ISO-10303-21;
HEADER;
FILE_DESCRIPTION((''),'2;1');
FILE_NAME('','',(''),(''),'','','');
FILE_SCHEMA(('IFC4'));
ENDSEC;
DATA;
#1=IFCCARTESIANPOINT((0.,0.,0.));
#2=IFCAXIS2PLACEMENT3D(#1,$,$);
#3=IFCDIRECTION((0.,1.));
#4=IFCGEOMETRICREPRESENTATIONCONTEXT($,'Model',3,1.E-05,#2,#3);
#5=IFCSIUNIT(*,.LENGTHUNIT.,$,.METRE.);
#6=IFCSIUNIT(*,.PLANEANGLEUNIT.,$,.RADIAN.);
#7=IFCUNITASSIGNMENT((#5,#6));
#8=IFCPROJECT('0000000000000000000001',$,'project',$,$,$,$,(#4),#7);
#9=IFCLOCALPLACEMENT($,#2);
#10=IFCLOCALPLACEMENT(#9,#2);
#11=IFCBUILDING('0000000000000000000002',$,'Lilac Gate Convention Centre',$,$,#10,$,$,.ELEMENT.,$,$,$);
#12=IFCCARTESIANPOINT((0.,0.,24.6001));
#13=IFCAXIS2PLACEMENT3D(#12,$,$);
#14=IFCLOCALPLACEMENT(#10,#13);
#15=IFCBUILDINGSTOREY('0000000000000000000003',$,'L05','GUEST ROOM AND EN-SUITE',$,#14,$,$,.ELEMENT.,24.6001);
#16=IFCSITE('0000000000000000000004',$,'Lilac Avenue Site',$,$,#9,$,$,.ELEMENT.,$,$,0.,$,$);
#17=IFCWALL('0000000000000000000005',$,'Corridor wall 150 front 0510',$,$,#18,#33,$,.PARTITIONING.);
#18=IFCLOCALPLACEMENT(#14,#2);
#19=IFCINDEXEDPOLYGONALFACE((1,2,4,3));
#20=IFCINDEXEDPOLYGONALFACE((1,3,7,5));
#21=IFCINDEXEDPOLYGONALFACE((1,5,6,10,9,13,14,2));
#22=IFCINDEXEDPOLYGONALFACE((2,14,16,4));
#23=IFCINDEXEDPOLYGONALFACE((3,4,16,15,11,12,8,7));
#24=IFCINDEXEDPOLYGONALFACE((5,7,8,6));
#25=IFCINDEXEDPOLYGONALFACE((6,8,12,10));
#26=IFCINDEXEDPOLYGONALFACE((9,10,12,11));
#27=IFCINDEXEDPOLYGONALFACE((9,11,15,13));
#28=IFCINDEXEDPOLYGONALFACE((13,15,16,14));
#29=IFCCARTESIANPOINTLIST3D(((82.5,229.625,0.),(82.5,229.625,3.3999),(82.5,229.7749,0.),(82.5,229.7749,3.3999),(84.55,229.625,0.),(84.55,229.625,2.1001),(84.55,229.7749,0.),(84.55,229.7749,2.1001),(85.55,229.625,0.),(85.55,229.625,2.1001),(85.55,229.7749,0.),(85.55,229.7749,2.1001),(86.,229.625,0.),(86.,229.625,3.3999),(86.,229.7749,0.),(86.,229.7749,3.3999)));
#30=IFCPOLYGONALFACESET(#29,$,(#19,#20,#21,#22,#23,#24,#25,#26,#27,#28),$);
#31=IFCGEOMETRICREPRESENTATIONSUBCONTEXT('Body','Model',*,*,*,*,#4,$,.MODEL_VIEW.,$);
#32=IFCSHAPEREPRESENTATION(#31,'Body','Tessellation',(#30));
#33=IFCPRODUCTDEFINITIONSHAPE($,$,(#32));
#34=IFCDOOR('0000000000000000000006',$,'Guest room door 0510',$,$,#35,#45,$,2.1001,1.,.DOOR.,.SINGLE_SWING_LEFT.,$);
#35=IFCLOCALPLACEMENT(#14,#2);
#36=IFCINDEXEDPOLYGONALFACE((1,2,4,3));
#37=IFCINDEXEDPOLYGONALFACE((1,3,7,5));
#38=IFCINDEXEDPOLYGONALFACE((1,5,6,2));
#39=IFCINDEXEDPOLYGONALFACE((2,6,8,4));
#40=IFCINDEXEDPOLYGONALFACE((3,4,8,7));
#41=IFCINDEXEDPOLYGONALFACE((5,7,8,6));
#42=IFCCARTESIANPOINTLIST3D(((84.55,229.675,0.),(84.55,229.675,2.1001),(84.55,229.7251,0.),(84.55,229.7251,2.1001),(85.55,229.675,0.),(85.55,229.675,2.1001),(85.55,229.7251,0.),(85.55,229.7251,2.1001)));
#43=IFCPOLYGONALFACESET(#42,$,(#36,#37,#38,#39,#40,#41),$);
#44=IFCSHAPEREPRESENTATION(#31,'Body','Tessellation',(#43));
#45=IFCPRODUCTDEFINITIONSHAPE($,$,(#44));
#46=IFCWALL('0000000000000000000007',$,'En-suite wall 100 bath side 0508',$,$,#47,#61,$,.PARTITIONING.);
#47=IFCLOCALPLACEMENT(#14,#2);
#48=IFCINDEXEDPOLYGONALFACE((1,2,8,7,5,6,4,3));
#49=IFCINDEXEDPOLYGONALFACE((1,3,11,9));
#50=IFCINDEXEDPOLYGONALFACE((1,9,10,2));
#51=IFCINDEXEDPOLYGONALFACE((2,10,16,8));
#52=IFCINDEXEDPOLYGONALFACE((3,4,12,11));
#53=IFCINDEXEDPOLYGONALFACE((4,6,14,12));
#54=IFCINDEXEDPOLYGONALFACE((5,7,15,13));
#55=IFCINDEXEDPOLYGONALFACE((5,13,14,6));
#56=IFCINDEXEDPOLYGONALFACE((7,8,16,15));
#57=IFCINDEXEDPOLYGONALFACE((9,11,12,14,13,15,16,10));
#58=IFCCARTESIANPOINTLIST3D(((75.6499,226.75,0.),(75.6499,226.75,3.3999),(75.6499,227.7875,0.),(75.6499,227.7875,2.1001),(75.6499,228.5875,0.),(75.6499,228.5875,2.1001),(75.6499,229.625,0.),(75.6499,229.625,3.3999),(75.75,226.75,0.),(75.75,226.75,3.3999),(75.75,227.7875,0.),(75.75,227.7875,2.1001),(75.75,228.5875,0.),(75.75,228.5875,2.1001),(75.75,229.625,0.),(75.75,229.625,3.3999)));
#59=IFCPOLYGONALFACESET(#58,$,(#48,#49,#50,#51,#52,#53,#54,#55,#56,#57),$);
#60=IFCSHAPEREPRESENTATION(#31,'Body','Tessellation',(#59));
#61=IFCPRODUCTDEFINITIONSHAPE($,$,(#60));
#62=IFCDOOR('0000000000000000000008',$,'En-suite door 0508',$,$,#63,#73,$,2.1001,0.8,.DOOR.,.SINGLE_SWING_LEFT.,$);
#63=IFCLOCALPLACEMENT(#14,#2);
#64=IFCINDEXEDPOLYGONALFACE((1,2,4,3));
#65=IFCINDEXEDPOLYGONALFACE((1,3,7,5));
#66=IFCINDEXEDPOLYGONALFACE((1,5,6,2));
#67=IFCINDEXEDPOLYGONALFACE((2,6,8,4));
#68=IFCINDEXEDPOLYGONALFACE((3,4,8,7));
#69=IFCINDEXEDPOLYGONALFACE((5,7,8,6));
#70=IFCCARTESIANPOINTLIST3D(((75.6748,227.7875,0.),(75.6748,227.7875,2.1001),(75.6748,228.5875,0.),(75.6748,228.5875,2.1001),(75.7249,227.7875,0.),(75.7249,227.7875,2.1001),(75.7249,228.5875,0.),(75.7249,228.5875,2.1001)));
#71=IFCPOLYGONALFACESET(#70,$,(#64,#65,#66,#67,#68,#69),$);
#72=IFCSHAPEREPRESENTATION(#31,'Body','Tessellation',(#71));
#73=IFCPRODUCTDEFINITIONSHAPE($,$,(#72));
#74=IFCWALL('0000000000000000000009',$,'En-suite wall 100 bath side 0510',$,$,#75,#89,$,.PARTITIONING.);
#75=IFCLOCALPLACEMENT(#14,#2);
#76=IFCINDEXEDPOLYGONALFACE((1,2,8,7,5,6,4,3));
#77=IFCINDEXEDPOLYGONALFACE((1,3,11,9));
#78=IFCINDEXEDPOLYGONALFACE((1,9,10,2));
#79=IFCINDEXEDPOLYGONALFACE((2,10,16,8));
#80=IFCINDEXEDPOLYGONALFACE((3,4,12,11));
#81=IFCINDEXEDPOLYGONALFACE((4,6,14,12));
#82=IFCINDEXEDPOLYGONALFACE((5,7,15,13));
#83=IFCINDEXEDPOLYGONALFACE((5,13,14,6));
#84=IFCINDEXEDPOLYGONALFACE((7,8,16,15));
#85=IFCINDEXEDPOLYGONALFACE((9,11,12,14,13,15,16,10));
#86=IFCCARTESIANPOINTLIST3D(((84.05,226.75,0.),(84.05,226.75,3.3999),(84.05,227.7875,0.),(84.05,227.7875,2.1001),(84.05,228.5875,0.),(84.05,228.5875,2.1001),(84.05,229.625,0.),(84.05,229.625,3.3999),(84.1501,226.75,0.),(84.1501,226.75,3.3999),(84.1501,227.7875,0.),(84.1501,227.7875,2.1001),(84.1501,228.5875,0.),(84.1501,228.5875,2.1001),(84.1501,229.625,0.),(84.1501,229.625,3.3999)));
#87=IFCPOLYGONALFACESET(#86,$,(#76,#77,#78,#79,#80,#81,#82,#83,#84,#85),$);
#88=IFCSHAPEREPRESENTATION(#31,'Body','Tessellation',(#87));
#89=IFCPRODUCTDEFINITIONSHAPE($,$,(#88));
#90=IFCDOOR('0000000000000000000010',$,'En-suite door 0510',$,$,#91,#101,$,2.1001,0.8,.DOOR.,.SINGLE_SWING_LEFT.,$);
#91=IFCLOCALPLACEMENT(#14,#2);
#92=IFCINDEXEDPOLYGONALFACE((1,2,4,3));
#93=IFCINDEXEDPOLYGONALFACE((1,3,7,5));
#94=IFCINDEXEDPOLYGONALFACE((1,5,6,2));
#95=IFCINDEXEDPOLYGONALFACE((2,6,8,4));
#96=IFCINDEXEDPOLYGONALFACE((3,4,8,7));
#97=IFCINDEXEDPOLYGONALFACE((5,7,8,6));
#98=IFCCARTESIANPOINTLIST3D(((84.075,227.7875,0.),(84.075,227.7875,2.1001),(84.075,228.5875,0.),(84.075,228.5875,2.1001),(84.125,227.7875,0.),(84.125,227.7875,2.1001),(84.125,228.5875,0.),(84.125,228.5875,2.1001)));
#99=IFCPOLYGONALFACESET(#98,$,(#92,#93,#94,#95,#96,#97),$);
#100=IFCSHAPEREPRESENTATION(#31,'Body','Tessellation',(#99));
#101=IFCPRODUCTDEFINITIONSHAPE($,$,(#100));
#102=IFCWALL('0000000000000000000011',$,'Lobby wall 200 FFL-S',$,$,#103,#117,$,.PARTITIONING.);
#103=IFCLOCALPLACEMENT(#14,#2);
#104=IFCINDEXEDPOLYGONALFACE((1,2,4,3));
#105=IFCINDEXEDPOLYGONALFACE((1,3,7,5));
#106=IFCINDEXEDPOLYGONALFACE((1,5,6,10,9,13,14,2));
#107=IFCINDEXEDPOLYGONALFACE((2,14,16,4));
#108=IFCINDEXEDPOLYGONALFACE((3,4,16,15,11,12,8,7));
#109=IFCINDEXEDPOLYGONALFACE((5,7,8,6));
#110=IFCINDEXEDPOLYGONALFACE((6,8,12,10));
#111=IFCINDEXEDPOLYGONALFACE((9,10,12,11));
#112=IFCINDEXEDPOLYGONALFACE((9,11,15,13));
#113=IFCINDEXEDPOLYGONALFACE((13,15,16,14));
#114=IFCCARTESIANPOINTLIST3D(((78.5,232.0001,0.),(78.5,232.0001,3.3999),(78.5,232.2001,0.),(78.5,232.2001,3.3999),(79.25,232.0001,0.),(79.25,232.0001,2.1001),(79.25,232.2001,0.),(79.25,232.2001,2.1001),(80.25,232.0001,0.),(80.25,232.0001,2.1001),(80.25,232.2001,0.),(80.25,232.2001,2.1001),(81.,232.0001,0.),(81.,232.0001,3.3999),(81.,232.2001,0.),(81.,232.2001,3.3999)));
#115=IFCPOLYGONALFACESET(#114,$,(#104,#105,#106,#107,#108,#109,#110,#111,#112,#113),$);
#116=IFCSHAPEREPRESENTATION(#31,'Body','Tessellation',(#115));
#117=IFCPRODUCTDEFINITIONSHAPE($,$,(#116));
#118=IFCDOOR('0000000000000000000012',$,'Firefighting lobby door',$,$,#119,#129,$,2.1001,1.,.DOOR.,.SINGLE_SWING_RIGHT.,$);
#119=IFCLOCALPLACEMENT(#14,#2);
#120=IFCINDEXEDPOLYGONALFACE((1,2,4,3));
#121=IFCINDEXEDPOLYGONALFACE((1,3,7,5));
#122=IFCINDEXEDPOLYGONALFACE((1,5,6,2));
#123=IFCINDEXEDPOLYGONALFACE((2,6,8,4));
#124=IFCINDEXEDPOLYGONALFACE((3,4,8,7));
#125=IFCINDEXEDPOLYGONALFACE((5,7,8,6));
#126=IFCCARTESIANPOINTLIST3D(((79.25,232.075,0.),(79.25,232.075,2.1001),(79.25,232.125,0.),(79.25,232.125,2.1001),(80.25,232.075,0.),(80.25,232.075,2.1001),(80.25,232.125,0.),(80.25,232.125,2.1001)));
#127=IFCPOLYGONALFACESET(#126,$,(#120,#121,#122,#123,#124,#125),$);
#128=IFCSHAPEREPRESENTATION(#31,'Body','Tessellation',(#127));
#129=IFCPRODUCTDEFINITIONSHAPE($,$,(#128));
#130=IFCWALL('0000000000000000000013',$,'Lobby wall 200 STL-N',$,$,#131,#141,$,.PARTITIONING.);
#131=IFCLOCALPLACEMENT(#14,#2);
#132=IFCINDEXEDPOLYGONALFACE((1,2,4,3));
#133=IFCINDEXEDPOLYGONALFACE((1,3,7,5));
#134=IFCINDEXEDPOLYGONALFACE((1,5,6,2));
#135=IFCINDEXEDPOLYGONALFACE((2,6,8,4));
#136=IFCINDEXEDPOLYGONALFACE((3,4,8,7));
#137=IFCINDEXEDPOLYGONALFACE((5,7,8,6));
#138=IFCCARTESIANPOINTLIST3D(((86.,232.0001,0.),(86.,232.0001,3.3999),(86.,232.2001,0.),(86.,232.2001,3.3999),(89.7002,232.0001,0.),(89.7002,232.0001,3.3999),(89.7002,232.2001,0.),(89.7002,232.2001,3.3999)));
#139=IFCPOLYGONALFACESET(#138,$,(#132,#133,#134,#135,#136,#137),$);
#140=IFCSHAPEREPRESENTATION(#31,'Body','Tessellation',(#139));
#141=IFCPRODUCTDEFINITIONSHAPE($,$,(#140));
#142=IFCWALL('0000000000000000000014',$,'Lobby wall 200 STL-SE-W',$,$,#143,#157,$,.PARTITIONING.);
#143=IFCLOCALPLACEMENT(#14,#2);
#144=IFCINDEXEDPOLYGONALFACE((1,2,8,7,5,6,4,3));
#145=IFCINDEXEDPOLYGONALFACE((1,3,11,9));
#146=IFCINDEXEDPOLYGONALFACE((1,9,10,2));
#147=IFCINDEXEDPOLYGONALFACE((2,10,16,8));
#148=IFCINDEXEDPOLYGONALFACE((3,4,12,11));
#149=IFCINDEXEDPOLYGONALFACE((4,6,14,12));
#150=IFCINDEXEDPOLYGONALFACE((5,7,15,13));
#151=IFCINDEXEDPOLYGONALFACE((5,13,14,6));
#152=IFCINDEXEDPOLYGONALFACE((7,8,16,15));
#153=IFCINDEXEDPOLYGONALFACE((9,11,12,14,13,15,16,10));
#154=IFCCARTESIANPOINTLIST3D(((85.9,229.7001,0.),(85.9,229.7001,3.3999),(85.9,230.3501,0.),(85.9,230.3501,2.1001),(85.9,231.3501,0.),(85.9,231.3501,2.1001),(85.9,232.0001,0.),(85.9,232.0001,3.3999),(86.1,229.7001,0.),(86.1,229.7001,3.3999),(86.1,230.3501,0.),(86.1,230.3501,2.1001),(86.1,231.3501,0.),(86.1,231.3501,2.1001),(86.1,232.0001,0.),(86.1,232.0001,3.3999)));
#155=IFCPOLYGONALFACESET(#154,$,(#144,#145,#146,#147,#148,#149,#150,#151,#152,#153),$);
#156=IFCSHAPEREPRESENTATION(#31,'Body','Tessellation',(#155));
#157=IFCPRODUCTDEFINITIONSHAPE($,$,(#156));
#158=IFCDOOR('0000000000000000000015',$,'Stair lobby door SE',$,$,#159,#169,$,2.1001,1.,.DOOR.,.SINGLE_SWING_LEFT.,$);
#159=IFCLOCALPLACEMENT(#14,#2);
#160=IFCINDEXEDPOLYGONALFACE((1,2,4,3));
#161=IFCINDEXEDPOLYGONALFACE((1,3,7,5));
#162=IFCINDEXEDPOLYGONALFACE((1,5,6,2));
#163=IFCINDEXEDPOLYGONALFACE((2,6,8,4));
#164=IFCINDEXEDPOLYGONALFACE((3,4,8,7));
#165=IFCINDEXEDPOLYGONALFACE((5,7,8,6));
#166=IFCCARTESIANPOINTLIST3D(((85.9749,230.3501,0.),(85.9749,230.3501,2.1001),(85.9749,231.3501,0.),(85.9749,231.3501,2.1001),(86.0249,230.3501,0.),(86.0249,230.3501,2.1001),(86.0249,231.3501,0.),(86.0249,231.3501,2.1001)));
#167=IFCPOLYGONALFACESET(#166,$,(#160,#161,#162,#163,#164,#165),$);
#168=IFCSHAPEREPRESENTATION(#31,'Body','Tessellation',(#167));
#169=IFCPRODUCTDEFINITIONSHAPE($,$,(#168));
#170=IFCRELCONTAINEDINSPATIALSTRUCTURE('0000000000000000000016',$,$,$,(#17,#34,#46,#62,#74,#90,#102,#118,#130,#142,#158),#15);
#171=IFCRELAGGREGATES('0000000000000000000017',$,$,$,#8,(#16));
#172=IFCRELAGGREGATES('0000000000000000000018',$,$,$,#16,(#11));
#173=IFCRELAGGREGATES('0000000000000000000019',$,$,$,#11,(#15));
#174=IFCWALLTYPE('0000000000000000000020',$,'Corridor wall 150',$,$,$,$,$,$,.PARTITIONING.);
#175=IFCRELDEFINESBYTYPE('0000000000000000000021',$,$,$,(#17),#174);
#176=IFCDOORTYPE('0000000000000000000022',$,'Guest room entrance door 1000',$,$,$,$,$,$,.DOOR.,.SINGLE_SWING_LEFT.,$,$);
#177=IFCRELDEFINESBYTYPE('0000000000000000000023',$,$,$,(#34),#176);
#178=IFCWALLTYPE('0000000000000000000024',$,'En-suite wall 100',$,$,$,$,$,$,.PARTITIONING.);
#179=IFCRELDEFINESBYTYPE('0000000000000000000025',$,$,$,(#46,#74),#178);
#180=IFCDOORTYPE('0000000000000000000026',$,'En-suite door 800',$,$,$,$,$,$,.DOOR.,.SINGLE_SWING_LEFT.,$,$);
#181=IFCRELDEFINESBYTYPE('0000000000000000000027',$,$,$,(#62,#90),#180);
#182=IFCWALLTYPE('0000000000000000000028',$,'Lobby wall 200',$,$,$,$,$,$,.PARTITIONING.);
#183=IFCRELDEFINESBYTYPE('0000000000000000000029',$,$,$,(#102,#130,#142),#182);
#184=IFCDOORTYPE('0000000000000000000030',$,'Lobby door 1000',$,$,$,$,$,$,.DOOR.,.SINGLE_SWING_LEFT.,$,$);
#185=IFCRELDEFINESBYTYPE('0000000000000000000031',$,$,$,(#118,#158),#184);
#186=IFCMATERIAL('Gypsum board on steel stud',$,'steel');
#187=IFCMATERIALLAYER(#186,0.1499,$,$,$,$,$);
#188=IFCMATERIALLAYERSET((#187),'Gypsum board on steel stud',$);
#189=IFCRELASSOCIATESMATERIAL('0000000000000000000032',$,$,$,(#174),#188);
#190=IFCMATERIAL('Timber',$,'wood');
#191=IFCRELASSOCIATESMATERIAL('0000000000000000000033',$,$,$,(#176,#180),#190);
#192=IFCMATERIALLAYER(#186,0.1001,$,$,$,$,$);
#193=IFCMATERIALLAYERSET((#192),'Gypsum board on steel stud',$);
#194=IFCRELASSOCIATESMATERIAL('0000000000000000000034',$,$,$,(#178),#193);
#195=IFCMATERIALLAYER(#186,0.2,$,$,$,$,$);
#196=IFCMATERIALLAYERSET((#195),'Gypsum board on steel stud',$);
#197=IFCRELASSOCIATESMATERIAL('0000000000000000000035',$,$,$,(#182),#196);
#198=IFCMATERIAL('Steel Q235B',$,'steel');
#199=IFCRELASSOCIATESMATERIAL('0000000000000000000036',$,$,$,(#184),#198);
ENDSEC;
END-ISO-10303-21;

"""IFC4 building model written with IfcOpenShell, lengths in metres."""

from ifc_helpers import new_model, si_unit, direction, frame, frame_2d, origin, place, context, subcontext, project, spatial, rectangle, extrude, material, layer, layer_set, type_object, element, fill, save


model = new_model("IFC4")

# Units and contexts
model_context = context("Model", 3, precision=1e-05, world=origin(), true_north=direction((0.0, 1.0)))
body_context = subcontext(model_context, "Body", "Model", "MODEL_VIEW")
ifc_project = project(units=[si_unit("LENGTHUNIT", "METRE"), si_unit("PLANEANGLEUNIT", "RADIAN")], contexts=[model_context])

# Site, building, storey
site_placement = place(None, origin())
site = spatial("IfcSite", under=ifc_project, at=site_placement, Name="Lilac Avenue Site", CompositionType="ELEMENT", RefElevation=0.0)
building_placement = place(site_placement, origin())
building = spatial("IfcBuilding", under=site, at=building_placement, Name="Lilac Gate Convention Centre", CompositionType="ELEMENT")
storey_placement = place(building_placement, frame((0.0, 0.0, 24.6001)))
storey = spatial("IfcBuildingStorey", under=building, at=storey_placement, Name="L05", Description="GUEST ROOM AND EN-SUITE", CompositionType="ELEMENT", Elevation=24.6001)

# Shared definitions
ifc_material_1 = material(Name="Steel Q235B", Category="steel")

# Walls, openings, doors
ifc_material_2 = material(Name="Gypsum board on steel stud", Category="steel")
ifc_layer_1 = layer(ifc_material_2, 0.1499)
ifc_layer_set_1 = layer_set([ifc_layer_1], Name="Gypsum board on steel stud")
wall_type_1 = type_object("IfcWallType", Name="Corridor wall 150", PredefinedType="PARTITIONING", material=ifc_layer_set_1)
ifc_material_3 = material(Name="Timber", Category="wood")
door_type_1 = type_object("IfcDoorType", Name="Guest room entrance door 1000", OperationType="SINGLE_SWING_LEFT", PredefinedType="DOOR", material=ifc_material_3)
wall_1_placement = place(storey_placement, frame((86.0, 229.7, 0.0), z_axis=(0.0, 0.0, 1.0), x_axis=(-1.0, 0.0, 0.0)))
wall_1 = element("IfcWall", 1, at=wall_1_placement, inside=storey, type_object=wall_type_1, Name="Corridor wall 150 front 0510", PredefinedType="PARTITIONING", context=body_context, shape_type="SweptSolid", body=[
    extrude(rectangle(XDim=3.5, YDim=0.1499, at=frame_2d((1.75, 0.0))), origin(), (0.0, 0.0, 1.0), 3.3999),
])
opening_1_placement = place(wall_1_placement, frame((0.45, 0.0, 0.0)))
opening_1 = element("IfcOpeningElement", 2, at=opening_1_placement, cuts=wall_1, PredefinedType="OPENING", context=body_context, shape_type="SweptSolid", body=[
    extrude(rectangle(XDim=1.0, YDim=2.1001, at=frame_2d((0.5, 1.05))), frame((0.0, 0.085, 0.0), z_axis=(0.0, -1.0, 0.0), x_axis=(1.0, 0.0, 0.0)), (0.0, 0.0, 1.0), 0.1699),
])
door_1_placement = place(opening_1_placement, origin())
door_1 = element("IfcDoor", 3, at=door_1_placement, inside=storey, type_object=door_type_1, Name="Guest room door 0510", OperationType="SINGLE_SWING_LEFT", OverallHeight=2.1001, OverallWidth=1.0, PredefinedType="DOOR", context=body_context, shape_type="SweptSolid", body=[
    extrude(rectangle(XDim=1.0, YDim=2.1001, at=frame_2d((0.5, 1.05))), frame((0.0, 0.0249, 0.0), z_axis=(0.0, -1.0, 0.0), x_axis=(1.0, 0.0, 0.0)), (0.0, 0.0, 1.0), 0.05),
])
fill(opening_1, door_1)
ifc_layer_2 = layer(ifc_material_2, 0.1001)
ifc_layer_set_2 = layer_set([ifc_layer_2], Name="Gypsum board on steel stud")
wall_type_2 = type_object("IfcWallType", Name="En-suite wall 100", PredefinedType="PARTITIONING", material=ifc_layer_set_2)
wall_2_placement = place(storey_placement, frame((75.7, 229.625, 0.0), z_axis=(0.0, 0.0, 1.0), x_axis=(0.0, -1.0, 0.0)))
wall_2 = element("IfcWall", 4, at=wall_2_placement, inside=storey, type_object=wall_type_2, Name="En-suite wall 100 bath side 0508", PredefinedType="PARTITIONING", context=body_context, shape_type="SweptSolid", body=[
    extrude(rectangle(XDim=2.875, YDim=0.1001, at=frame_2d((1.4375, 0.0))), origin(), (0.0, 0.0, 1.0), 3.3999),
])
opening_2_placement = place(wall_2_placement, frame((1.0376, 0.0, 0.0)))
opening_2 = element("IfcOpeningElement", 5, at=opening_2_placement, cuts=wall_2, PredefinedType="OPENING", context=body_context, shape_type="SweptSolid", body=[
    extrude(rectangle(XDim=0.8, YDim=2.1001, at=frame_2d((0.3999, 1.05))), frame((0.0, 0.0601, 0.0), z_axis=(0.0, -1.0, 0.0), x_axis=(1.0, 0.0, 0.0)), (0.0, 0.0, 1.0), 0.1201),
])
door_type_2 = type_object("IfcDoorType", Name="En-suite door 800", OperationType="SINGLE_SWING_LEFT", PredefinedType="DOOR", material=ifc_material_3)
door_2_placement = place(opening_2_placement, origin())
door_2 = element("IfcDoor", 6, at=door_2_placement, inside=storey, type_object=door_type_2, Name="En-suite door 0508", OperationType="SINGLE_SWING_LEFT", OverallHeight=2.1001, OverallWidth=0.8, PredefinedType="DOOR", context=body_context, shape_type="SweptSolid", body=[
    extrude(rectangle(XDim=0.8, YDim=2.1001, at=frame_2d((0.3999, 1.05))), frame((0.0, 0.0249, 0.0), z_axis=(0.0, -1.0, 0.0), x_axis=(1.0, 0.0, 0.0)), (0.0, 0.0, 1.0), 0.05),
])
fill(opening_2, door_2)
wall_3_placement = place(storey_placement, frame((84.1001, 229.625, 0.0), z_axis=(0.0, 0.0, 1.0), x_axis=(0.0, -1.0, 0.0)))
wall_3 = element("IfcWall", 7, at=wall_3_placement, inside=storey, type_object=wall_type_2, Name="En-suite wall 100 bath side 0510", PredefinedType="PARTITIONING", context=body_context, shape_type="SweptSolid", body=[
    extrude(rectangle(XDim=2.875, YDim=0.1001, at=frame_2d((1.4375, 0.0))), origin(), (0.0, 0.0, 1.0), 3.3999),
])
opening_3_placement = place(wall_3_placement, frame((1.0376, 0.0, 0.0)))
opening_3 = element("IfcOpeningElement", 8, at=opening_3_placement, cuts=wall_3, PredefinedType="OPENING", context=body_context, shape_type="SweptSolid", body=[
    extrude(rectangle(XDim=0.8, YDim=2.1001, at=frame_2d((0.3999, 1.05))), frame((0.0, 0.0601, 0.0), z_axis=(0.0, -1.0, 0.0), x_axis=(1.0, 0.0, 0.0)), (0.0, 0.0, 1.0), 0.1201),
])
door_3_placement = place(opening_3_placement, origin())
door_3 = element("IfcDoor", 9, at=door_3_placement, inside=storey, type_object=door_type_2, Name="En-suite door 0510", OperationType="SINGLE_SWING_LEFT", OverallHeight=2.1001, OverallWidth=0.8, PredefinedType="DOOR", context=body_context, shape_type="SweptSolid", body=[
    extrude(rectangle(XDim=0.8, YDim=2.1001, at=frame_2d((0.3999, 1.05))), frame((0.0, 0.0249, 0.0), z_axis=(0.0, -1.0, 0.0), x_axis=(1.0, 0.0, 0.0)), (0.0, 0.0, 1.0), 0.05),
])
fill(opening_3, door_3)
ifc_layer_3 = layer(ifc_material_2, 0.2)
ifc_layer_set_3 = layer_set([ifc_layer_3], Name="Gypsum board on steel stud")
wall_type_3 = type_object("IfcWallType", Name="Lobby wall 200", PredefinedType="PARTITIONING", material=ifc_layer_set_3)
wall_4_placement = place(storey_placement, frame((78.5, 232.1001, 0.0), z_axis=(0.0, 0.0, 1.0), x_axis=(1.0, 0.0, 0.0)))
wall_4 = element("IfcWall", 10, at=wall_4_placement, inside=storey, type_object=wall_type_3, Name="Lobby wall 200 FFL-S", PredefinedType="PARTITIONING", context=body_context, shape_type="SweptSolid", body=[
    extrude(rectangle(XDim=2.5, YDim=0.2, at=frame_2d((1.25, 0.0))), origin(), (0.0, 0.0, 1.0), 3.3999),
])
opening_4_placement = place(wall_4_placement, frame((0.75, 0.0, 0.0)))
opening_4 = element("IfcOpeningElement", 11, at=opening_4_placement, cuts=wall_4, PredefinedType="OPENING", context=body_context, shape_type="SweptSolid", body=[
    extrude(rectangle(XDim=1.0, YDim=2.1001, at=frame_2d((0.5, 1.05))), frame((0.0, 0.1099, 0.0), z_axis=(0.0, -1.0, 0.0), x_axis=(1.0, 0.0, 0.0)), (0.0, 0.0, 1.0), 0.22),
])
door_type_3 = type_object("IfcDoorType", Name="Lobby door 1000", OperationType="SINGLE_SWING_LEFT", PredefinedType="DOOR", material=ifc_material_1)
door_4_placement = place(opening_4_placement, origin())
door_4 = element("IfcDoor", 12, at=door_4_placement, inside=storey, type_object=door_type_3, Name="Firefighting lobby door", OperationType="SINGLE_SWING_RIGHT", OverallHeight=2.1001, OverallWidth=1.0, PredefinedType="DOOR", context=body_context, shape_type="SweptSolid", body=[
    extrude(rectangle(XDim=1.0, YDim=2.1001, at=frame_2d((0.5, 1.05))), frame((0.0, 0.0249, 0.0), z_axis=(0.0, -1.0, 0.0), x_axis=(1.0, 0.0, 0.0)), (0.0, 0.0, 1.0), 0.05),
])
fill(opening_4, door_4)

# Wall
wall_5_placement = place(storey_placement, frame((86.0, 232.1001, 0.0), z_axis=(0.0, 0.0, 1.0), x_axis=(1.0, 0.0, 0.0)))
element("IfcWall", 13, at=wall_5_placement, inside=storey, type_object=wall_type_3, Name="Lobby wall 200 STL-N", PredefinedType="PARTITIONING", context=body_context, shape_type="SweptSolid", body=[
    extrude(rectangle(XDim=3.7002, YDim=0.2, at=frame_2d((1.8501, 0.0))), origin(), (0.0, 0.0, 1.0), 3.3999),
])

# Wall, opening, door
wall_6_placement = place(storey_placement, frame((86.0, 232.0, 0.0), z_axis=(0.0, 0.0, 1.0), x_axis=(0.0, -1.0, 0.0)))
wall_6 = element("IfcWall", 14, at=wall_6_placement, inside=storey, type_object=wall_type_3, Name="Lobby wall 200 STL-SE-W", PredefinedType="PARTITIONING", context=body_context, shape_type="SweptSolid", body=[
    extrude(rectangle(XDim=2.3, YDim=0.2, at=frame_2d((1.1499, 0.0))), origin(), (0.0, 0.0, 1.0), 3.3999),
])
opening_5_placement = place(wall_6_placement, frame((0.6499, 0.0, 0.0)))
opening_5 = element("IfcOpeningElement", 15, at=opening_5_placement, cuts=wall_6, PredefinedType="OPENING", context=body_context, shape_type="SweptSolid", body=[
    extrude(rectangle(XDim=1.0, YDim=2.1001, at=frame_2d((0.5, 1.05))), frame((0.0, 0.1099, 0.0), z_axis=(0.0, -1.0, 0.0), x_axis=(1.0, 0.0, 0.0)), (0.0, 0.0, 1.0), 0.22),
])
door_5_placement = place(opening_5_placement, origin())
door_5 = element("IfcDoor", 16, at=door_5_placement, inside=storey, type_object=door_type_3, Name="Stair lobby door SE", OperationType="SINGLE_SWING_LEFT", OverallHeight=2.1001, OverallWidth=1.0, PredefinedType="DOOR", context=body_context, shape_type="SweptSolid", body=[
    extrude(rectangle(XDim=1.0, YDim=2.1001, at=frame_2d((0.5, 1.05))), frame((0.0, 0.0249, 0.0), z_axis=(0.0, -1.0, 0.0), x_axis=(1.0, 0.0, 0.0)), (0.0, 0.0, 1.0), 0.05),
])
fill(opening_5, door_5)

save(model, "model.ifc")
